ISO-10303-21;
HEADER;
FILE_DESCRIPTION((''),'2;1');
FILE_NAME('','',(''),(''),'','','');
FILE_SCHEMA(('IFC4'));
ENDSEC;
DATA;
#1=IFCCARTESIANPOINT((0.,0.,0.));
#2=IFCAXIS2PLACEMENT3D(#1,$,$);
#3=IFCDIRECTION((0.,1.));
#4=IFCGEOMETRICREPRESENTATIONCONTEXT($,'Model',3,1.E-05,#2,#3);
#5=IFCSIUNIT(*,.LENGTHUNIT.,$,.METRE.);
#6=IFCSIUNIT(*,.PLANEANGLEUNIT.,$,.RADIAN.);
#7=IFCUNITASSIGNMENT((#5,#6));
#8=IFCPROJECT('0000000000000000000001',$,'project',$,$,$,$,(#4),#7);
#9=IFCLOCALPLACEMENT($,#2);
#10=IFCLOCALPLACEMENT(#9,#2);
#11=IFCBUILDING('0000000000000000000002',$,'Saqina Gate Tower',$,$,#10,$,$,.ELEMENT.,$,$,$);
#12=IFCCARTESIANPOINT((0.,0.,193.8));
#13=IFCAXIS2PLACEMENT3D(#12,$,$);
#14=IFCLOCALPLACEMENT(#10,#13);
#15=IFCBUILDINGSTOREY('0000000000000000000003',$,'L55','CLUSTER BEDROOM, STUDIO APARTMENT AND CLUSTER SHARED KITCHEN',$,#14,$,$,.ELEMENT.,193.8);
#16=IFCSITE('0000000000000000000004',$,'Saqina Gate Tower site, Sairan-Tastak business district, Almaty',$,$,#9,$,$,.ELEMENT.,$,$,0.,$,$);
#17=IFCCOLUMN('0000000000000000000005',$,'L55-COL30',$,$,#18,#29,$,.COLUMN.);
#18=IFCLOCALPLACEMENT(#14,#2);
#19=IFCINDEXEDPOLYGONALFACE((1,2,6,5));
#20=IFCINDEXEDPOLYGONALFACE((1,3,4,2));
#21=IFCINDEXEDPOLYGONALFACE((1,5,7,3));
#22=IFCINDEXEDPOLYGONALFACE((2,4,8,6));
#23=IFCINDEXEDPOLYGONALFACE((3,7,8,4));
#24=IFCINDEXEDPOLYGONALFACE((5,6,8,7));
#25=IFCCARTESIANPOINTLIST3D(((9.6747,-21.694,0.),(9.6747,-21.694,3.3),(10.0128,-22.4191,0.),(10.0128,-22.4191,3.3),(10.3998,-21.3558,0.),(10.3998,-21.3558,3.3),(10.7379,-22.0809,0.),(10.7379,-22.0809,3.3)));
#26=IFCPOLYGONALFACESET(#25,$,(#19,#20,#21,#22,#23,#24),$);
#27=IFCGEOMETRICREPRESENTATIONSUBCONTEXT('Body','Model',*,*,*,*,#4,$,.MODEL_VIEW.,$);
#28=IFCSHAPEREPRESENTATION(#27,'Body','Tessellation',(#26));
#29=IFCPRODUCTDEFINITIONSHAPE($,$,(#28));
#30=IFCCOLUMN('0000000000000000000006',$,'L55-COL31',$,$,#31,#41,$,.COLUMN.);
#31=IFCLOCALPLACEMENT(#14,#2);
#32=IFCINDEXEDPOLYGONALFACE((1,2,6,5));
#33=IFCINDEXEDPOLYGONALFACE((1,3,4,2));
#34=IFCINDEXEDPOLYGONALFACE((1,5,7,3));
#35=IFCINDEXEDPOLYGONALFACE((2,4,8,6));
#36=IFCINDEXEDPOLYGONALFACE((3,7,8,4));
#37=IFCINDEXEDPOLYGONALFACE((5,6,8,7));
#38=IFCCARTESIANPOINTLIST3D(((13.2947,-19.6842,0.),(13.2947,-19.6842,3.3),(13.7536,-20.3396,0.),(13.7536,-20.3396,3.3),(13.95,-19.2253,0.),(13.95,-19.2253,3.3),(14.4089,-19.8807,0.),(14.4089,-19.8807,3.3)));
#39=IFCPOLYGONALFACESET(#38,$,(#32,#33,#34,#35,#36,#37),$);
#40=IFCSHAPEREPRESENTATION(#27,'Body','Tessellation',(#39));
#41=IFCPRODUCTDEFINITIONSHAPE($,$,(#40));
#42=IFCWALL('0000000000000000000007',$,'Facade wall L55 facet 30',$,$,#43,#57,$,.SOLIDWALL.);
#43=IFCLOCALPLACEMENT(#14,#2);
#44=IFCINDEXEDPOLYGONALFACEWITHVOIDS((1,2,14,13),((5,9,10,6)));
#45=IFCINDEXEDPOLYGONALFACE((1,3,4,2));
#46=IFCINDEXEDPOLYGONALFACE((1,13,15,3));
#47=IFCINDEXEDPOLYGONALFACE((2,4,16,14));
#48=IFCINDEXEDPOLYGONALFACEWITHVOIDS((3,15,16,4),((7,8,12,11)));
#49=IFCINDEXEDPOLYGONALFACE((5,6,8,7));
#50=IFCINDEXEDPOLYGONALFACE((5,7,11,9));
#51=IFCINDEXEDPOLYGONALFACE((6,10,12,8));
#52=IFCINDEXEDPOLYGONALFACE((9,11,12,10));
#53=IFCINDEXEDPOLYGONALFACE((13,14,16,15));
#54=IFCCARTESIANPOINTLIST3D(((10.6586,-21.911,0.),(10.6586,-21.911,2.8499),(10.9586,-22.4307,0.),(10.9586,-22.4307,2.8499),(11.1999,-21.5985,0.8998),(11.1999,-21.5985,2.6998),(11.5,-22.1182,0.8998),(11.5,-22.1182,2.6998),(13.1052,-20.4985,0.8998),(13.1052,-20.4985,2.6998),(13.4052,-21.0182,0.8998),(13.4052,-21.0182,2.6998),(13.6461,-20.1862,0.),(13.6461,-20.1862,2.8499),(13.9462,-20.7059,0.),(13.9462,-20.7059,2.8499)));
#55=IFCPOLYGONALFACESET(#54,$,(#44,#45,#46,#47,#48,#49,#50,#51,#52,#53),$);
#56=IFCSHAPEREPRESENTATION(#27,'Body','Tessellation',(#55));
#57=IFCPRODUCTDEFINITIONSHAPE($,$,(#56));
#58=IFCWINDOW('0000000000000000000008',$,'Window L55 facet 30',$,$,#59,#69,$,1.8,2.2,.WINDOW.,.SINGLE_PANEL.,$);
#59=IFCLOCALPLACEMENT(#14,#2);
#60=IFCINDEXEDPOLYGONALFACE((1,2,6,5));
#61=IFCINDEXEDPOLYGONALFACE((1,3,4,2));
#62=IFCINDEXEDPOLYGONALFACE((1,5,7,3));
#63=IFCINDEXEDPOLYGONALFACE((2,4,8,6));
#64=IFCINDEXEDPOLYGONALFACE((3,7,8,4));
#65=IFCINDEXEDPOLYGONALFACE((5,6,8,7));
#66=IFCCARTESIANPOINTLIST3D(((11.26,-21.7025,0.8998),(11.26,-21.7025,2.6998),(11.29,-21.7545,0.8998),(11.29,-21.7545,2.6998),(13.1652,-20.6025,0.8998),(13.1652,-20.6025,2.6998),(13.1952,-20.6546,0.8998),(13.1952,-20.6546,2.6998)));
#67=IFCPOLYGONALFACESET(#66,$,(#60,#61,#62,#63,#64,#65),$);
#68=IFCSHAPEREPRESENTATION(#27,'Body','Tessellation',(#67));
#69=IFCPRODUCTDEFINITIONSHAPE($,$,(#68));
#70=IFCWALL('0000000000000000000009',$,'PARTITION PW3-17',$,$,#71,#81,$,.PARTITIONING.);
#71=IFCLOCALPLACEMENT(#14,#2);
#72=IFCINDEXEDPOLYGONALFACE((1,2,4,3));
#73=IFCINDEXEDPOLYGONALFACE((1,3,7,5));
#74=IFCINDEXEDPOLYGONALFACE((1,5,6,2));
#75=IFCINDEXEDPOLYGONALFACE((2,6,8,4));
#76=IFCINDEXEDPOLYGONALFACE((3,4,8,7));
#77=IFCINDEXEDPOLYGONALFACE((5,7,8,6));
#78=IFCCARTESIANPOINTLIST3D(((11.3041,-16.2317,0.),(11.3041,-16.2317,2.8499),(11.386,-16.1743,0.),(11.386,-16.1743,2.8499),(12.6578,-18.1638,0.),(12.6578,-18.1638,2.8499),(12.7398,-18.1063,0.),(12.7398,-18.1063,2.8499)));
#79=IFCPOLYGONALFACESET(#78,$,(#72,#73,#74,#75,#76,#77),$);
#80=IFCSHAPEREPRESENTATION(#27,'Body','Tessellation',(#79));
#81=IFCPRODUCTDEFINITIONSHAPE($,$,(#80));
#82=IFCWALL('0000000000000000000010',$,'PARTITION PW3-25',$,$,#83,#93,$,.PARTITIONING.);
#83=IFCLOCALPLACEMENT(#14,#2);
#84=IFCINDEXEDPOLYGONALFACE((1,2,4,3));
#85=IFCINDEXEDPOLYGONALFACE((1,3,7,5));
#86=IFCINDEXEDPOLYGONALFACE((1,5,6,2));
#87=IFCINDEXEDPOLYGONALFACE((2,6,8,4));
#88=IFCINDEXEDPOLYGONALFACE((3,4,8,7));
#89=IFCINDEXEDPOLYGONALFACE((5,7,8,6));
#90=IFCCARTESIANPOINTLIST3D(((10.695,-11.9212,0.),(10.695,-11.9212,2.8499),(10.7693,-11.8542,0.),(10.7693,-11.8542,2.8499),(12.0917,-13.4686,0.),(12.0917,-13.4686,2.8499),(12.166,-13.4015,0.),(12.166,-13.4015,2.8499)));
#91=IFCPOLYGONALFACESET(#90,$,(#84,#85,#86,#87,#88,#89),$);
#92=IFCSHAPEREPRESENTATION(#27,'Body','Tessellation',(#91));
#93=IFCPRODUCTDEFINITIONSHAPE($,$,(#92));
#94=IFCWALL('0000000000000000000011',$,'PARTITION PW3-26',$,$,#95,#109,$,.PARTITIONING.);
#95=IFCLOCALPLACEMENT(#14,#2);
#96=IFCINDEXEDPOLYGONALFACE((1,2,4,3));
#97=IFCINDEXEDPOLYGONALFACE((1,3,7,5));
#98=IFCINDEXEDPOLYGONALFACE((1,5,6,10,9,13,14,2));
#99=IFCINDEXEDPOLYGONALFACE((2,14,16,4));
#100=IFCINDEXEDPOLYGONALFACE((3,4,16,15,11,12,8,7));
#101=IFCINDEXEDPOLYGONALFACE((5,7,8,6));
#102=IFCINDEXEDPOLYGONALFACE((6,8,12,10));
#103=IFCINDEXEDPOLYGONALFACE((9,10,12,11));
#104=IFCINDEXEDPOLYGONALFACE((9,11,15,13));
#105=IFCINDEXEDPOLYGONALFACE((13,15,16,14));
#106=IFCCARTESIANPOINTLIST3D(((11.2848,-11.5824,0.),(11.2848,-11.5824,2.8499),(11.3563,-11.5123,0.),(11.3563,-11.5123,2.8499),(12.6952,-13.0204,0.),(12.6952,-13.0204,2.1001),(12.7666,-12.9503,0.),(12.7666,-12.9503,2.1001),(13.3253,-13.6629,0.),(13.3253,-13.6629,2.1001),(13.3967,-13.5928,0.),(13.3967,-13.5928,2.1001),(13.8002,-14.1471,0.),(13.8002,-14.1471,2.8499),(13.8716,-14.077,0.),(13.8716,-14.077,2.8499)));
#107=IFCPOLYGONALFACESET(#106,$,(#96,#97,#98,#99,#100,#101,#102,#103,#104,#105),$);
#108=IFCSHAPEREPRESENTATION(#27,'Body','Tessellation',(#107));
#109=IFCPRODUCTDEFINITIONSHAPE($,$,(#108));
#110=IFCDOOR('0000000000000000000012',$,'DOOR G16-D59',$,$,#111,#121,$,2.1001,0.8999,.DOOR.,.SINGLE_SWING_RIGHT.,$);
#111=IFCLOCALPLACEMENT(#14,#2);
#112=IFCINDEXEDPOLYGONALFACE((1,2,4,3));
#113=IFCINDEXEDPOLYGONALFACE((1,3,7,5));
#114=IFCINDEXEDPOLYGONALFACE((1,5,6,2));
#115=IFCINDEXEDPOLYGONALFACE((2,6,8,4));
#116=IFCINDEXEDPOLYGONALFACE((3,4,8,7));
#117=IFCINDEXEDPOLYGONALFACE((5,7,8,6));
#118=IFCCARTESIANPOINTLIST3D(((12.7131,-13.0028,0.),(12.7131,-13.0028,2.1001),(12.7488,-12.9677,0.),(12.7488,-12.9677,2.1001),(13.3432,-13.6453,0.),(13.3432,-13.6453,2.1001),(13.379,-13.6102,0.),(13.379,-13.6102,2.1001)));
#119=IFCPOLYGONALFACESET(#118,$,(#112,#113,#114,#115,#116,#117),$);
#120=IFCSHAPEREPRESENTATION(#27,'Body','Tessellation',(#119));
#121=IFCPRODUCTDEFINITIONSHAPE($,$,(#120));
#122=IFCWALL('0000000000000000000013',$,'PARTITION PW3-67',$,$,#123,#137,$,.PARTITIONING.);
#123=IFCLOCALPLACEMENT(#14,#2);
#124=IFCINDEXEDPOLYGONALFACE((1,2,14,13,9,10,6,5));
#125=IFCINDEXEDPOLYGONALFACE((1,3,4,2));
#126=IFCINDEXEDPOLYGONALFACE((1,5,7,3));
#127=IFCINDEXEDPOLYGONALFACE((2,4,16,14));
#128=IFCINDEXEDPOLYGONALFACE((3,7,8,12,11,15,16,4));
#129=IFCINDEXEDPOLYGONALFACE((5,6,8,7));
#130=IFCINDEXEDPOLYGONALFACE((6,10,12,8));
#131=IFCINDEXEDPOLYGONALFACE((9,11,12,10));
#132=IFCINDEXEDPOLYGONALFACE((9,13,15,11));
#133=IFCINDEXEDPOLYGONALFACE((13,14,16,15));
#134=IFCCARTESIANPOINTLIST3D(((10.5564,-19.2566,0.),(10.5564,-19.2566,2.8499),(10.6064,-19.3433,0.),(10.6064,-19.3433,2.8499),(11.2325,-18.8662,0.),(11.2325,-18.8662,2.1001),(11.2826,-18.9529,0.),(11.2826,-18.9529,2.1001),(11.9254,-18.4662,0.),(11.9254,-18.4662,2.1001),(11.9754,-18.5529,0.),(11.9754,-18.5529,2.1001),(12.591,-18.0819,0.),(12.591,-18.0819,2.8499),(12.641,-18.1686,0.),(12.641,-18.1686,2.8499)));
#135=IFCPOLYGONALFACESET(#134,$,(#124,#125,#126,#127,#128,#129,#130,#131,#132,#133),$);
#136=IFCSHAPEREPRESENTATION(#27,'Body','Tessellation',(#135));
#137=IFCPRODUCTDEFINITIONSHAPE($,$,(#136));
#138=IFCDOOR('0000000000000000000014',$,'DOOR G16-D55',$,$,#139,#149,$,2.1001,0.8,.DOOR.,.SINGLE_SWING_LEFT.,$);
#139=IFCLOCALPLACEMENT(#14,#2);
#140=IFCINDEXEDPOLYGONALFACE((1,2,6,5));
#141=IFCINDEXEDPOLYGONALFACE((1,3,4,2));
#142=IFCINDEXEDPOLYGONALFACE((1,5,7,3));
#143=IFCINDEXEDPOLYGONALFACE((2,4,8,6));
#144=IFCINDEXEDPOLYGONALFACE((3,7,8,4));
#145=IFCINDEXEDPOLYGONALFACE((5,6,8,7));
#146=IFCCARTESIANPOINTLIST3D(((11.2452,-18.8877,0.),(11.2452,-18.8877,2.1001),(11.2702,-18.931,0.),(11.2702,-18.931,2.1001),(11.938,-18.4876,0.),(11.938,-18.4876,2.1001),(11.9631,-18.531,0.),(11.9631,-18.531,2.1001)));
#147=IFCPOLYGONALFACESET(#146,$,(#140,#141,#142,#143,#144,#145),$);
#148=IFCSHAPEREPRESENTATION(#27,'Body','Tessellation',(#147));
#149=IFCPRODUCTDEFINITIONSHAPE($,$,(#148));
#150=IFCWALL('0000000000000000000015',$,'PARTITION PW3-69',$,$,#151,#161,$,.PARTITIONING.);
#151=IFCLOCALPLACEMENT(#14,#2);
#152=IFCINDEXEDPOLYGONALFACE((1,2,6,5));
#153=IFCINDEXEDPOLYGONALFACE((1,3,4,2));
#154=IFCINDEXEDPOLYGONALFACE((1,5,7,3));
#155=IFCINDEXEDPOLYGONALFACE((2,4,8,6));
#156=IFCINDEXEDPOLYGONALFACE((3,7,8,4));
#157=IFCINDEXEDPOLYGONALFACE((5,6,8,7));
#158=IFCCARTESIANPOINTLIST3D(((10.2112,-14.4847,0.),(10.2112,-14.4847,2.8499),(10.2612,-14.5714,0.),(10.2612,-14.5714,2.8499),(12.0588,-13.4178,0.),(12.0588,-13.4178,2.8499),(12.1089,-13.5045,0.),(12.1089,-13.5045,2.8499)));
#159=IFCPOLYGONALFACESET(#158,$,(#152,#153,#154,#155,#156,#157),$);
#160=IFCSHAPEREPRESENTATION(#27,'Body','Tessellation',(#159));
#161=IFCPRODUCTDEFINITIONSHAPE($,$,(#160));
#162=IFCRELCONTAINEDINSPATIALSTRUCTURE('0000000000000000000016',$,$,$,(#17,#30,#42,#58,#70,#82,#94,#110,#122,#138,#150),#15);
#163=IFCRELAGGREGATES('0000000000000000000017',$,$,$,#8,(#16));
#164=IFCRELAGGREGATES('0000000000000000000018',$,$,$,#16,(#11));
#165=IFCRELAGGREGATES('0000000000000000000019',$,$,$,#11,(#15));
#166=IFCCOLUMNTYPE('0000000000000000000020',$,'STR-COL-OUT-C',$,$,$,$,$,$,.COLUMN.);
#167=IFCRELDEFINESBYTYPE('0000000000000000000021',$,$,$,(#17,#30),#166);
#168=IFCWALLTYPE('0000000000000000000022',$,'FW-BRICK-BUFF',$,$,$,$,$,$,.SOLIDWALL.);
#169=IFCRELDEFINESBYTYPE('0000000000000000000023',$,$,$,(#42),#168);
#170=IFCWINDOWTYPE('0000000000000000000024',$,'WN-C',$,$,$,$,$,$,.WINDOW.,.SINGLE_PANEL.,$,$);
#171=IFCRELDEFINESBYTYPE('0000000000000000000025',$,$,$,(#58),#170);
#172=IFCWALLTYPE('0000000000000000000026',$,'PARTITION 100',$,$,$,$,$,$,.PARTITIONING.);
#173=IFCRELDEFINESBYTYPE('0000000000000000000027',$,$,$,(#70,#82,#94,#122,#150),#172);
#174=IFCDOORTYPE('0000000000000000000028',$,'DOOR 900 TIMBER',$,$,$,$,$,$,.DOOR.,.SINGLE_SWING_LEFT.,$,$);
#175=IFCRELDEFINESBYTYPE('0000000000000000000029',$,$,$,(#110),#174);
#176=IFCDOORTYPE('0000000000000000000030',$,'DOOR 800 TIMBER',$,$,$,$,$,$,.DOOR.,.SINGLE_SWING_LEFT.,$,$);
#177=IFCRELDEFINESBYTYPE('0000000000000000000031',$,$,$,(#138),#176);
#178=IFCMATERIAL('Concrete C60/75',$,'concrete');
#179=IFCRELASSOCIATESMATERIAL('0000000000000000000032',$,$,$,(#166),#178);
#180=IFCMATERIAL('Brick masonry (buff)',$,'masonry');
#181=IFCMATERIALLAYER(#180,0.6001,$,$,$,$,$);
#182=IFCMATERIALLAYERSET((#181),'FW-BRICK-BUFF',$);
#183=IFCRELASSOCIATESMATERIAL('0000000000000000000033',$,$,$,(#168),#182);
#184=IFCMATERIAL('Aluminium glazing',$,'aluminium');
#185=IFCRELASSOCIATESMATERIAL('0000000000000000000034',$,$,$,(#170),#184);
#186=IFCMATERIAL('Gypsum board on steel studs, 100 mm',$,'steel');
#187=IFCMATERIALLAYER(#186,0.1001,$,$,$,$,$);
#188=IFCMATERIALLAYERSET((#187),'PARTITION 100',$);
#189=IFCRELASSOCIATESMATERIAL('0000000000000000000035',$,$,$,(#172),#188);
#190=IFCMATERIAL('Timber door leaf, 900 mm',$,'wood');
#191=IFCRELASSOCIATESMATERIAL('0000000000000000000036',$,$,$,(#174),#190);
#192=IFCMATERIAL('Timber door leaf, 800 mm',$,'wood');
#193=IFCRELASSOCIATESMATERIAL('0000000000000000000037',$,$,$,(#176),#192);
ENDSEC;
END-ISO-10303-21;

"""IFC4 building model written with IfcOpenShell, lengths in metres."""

from ifc_helpers import new_model, si_unit, direction, frame, frame_2d, origin, origin_2d, place, context, subcontext, project, spatial, rectangle, extrude, material, layer, layer_set, material_profile, profile_set, type_object, element, fill, save


model = new_model("IFC4")

# Units and contexts
model_context = context("Model", 3, precision=1e-05, world=origin(), true_north=direction((0.0, 1.0)))
body_context = subcontext(model_context, "Body", "Model", "MODEL_VIEW")
ifc_project = project(units=[si_unit("LENGTHUNIT", "METRE"), si_unit("PLANEANGLEUNIT", "RADIAN")], contexts=[model_context])

# Site, building, storey
site_placement = place(None, origin())
site = spatial("IfcSite", under=ifc_project, at=site_placement, Name="Saqina Gate Tower site, Sairan-Tastak business district, Almaty", CompositionType="ELEMENT", RefElevation=0.0)
building_placement = place(site_placement, origin())
building = spatial("IfcBuilding", under=site, at=building_placement, Name="Saqina Gate Tower", CompositionType="ELEMENT")
storey_placement = place(building_placement, frame((0.0, 0.0, 193.8)))
storey = spatial("IfcBuildingStorey", under=building, at=storey_placement, Name="L55", Description="CLUSTER BEDROOM, STUDIO APARTMENT AND CLUSTER SHARED KITCHEN", CompositionType="ELEMENT", Elevation=193.8)

# Columns
ifc_material_1 = material(Name="Concrete C60/75", Category="concrete")
ifc_material_profile = material_profile(ifc_material_1, rectangle(XDim=0.8, YDim=0.8, at=origin_2d()), Name="RC 800x800")
ifc_profile_set = profile_set([ifc_material_profile], Name="Concrete C60/75")
column_type = type_object("IfcColumnType", Name="STR-COL-OUT-C", PredefinedType="COLUMN", material=ifc_profile_set)
for number, where, z_axis, x_axis, name in (
    (1, (10.2063, -21.8875, 0.0), (0.0, 0.0, 1.0), (0.422618, -0.906308, 0.0), "L55-COL30"),
    (2, (13.8518, -19.7825, 0.0), (0.0, 0.0, 1.0), (0.573576, -0.819152, 0.0), "L55-COL31"),
):
    element("IfcColumn", number, at=place(storey_placement, frame(where, z_axis=z_axis, x_axis=x_axis)), inside=storey, type_object=column_type, Name=name, PredefinedType="COLUMN", context=body_context, shape_type="SweptSolid", body=[
        extrude(rectangle(XDim=0.8, YDim=0.8, at=origin_2d()), origin(), (0.0, 0.0, 1.0), 3.3),
    ])

# Wall, opening, window
ifc_material_2 = material(Name="Brick masonry (buff)", Category="masonry")
ifc_layer_1 = layer(ifc_material_2, 0.6001)
ifc_layer_set_1 = layer_set([ifc_layer_1], Name="FW-BRICK-BUFF")
wall_type_1 = type_object("IfcWallType", Name="FW-BRICK-BUFF", PredefinedType="SOLIDWALL", material=ifc_layer_set_1)
wall_1_placement = place(storey_placement, frame((10.8086, -22.1709, 0.0), z_axis=(0.0, 0.0, 1.0), x_axis=(0.866026, 0.499998, 0.0)))
wall_1 = element("IfcWall", 3, at=wall_1_placement, inside=storey, type_object=wall_type_1, Name="Facade wall L55 facet 30", PredefinedType="SOLIDWALL", context=body_context, shape_type="SweptSolid", body=[
    extrude(rectangle(XDim=3.4497, YDim=0.6001, at=frame_2d((1.7249, 0.0))), origin(), (0.0, 0.0, 1.0), 2.8499),
])
opening_1_placement = place(wall_1_placement, frame((0.625, 0.0, 0.8999)))
opening_1 = element("IfcOpeningElement", 4, at=opening_1_placement, cuts=wall_1, PredefinedType="OPENING", context=body_context, shape_type="SweptSolid", body=[
    extrude(rectangle(XDim=2.2, YDim=1.8, at=frame_2d((1.1001, 0.8999))), frame((0.0, 0.312, 0.0), z_axis=(0.0, -1.0, 0.0), x_axis=(1.0, 0.0, 0.0)), (0.0, 0.0, 1.0), 0.624),
])
ifc_material_3 = material(Name="Aluminium glazing", Category="aluminium")
window_type = type_object("IfcWindowType", Name="WN-C", PartitioningType="SINGLE_PANEL", PredefinedType="WINDOW", material=ifc_material_3)
window_placement = place(opening_1_placement, origin())
window = element("IfcWindow", 5, at=window_placement, inside=storey, type_object=window_type, Name="Window L55 facet 30", OverallHeight=1.8, OverallWidth=2.2, PartitioningType="SINGLE_PANEL", PredefinedType="WINDOW", context=body_context, shape_type="SweptSolid", body=[
    extrude(rectangle(XDim=2.2, YDim=1.8, at=frame_2d((1.1001, 0.8999))), frame((0.0, 0.1799, 0.0), z_axis=(0.0, -1.0, 0.0), x_axis=(1.0, 0.0, 0.0)), (0.0, 0.0, 1.0), 0.0601),
])
fill(opening_1, window)

# Walls
ifc_material_4 = material(Name="Gypsum board on steel studs, 100 mm", Category="steel")
ifc_layer_2 = layer(ifc_material_4, 0.1001)
ifc_layer_set_2 = layer_set([ifc_layer_2], Name="PARTITION 100")
wall_type_2 = type_object("IfcWallType", Name="PARTITION 100", PredefinedType="PARTITIONING", material=ifc_layer_set_2)
wall_2_placement = place(storey_placement, frame((11.345, -16.2029, 0.0), z_axis=(0.0, 0.0, 1.0), x_axis=(0.573823, -0.818979, 0.0)))
element("IfcWall", 6, at=wall_2_placement, inside=storey, type_object=wall_type_2, Name="PARTITION PW3-17", PredefinedType="PARTITIONING", context=body_context, shape_type="SweptSolid", body=[
    extrude(rectangle(XDim=2.3591, YDim=0.1001, at=frame_2d((1.1797, 0.0))), origin(), (0.0, 0.0, 1.0), 2.8499),
])
wall_3_placement = place(storey_placement, frame((10.7322, -11.8877, 0.0), z_axis=(0.0, 0.0, 1.0), x_axis=(0.670051, -0.742315, 0.0)))
element("IfcWall", 7, at=wall_3_placement, inside=storey, type_object=wall_type_2, Name="PARTITION PW3-25", PredefinedType="PARTITIONING", context=body_context, shape_type="SweptSolid", body=[
    extrude(rectangle(XDim=2.0845, YDim=0.1001, at=frame_2d((1.0422, 0.0))), origin(), (0.0, 0.0, 1.0), 2.8499),
])

# Walls, openings, doors
wall_4_placement = place(storey_placement, frame((11.3206, -11.5474, 0.0), z_axis=(0.0, 0.0, 1.0), x_axis=(0.700209, -0.713938, 0.0)))
wall_4 = element("IfcWall", 8, at=wall_4_placement, inside=storey, type_object=wall_type_2, Name="PARTITION PW3-26", PredefinedType="PARTITIONING", context=body_context, shape_type="SweptSolid", body=[
    extrude(rectangle(XDim=3.5923, YDim=0.1001, at=frame_2d((1.7961, 0.0))), origin(), (0.0, 0.0, 1.0), 2.8499),
])
opening_2_placement = place(wall_4_placement, frame((2.0142, 0.0, 0.0)))
opening_2 = element("IfcOpeningElement", 9, at=opening_2_placement, cuts=wall_4, PredefinedType="OPENING", context=body_context, shape_type="SweptSolid", body=[
    extrude(rectangle(XDim=0.8999, YDim=2.1001, at=frame_2d((0.45, 1.05))), frame((0.0, 0.062, 0.0), z_axis=(0.0, -1.0, 0.0), x_axis=(1.0, 0.0, 0.0)), (0.0, 0.0, 1.0), 0.124),
])
ifc_material_5 = material(Name="Timber door leaf, 900 mm", Category="wood")
door_type_1 = type_object("IfcDoorType", Name="DOOR 900 TIMBER", OperationType="SINGLE_SWING_LEFT", PredefinedType="DOOR", material=ifc_material_5)
door_1_placement = place(opening_2_placement, frame((0.8999, 0.0, 0.0), z_axis=(0.0, 0.0, 1.0), x_axis=(-1.0, 0.0, 0.0)))
door_1 = element("IfcDoor", 10, at=door_1_placement, inside=storey, type_object=door_type_1, Name="DOOR G16-D59", OperationType="SINGLE_SWING_RIGHT", OverallHeight=2.1001, OverallWidth=0.8999, PredefinedType="DOOR", context=body_context, shape_type="SweptSolid", body=[
    extrude(rectangle(XDim=0.8999, YDim=2.1001, at=frame_2d((0.45, 1.05))), frame((0.0, 0.0249, 0.0), z_axis=(0.0, -1.0, 0.0), x_axis=(1.0, 0.0, 0.0)), (0.0, 0.0, 1.0), 0.05),
])
fill(opening_2, door_1)
wall_5_placement = place(storey_placement, frame((10.5813, -19.3, 0.0), z_axis=(0.0, 0.0, 1.0), x_axis=(0.866009, 0.500028, 0.0)))
wall_5 = element("IfcWall", 11, at=wall_5_placement, inside=storey, type_object=wall_type_2, Name="PARTITION PW3-67", PredefinedType="PARTITIONING", context=body_context, shape_type="SweptSolid", body=[
    extrude(rectangle(XDim=2.3494, YDim=0.1001, at=frame_2d((1.1748, 0.0))), origin(), (0.0, 0.0, 1.0), 2.8499),
])
opening_3_placement = place(wall_5_placement, frame((0.781, 0.0, 0.0)))
opening_3 = element("IfcOpeningElement", 12, at=opening_3_placement, cuts=wall_5, PredefinedType="OPENING", context=body_context, shape_type="SweptSolid", body=[
    extrude(rectangle(XDim=0.8, YDim=2.1001, at=frame_2d((0.3999, 1.05))), frame((0.0, 0.062, 0.0), z_axis=(0.0, -1.0, 0.0), x_axis=(1.0, 0.0, 0.0)), (0.0, 0.0, 1.0), 0.124),
])
ifc_material_6 = material(Name="Timber door leaf, 800 mm", Category="wood")
door_type_2 = type_object("IfcDoorType", Name="DOOR 800 TIMBER", OperationType="SINGLE_SWING_LEFT", PredefinedType="DOOR", material=ifc_material_6)
door_2_placement = place(opening_3_placement, frame((0.8, 0.0, 0.0), z_axis=(0.0, 0.0, 1.0), x_axis=(-1.0, 0.0, 0.0)))
door_2 = element("IfcDoor", 13, at=door_2_placement, inside=storey, type_object=door_type_2, Name="DOOR G16-D55", OperationType="SINGLE_SWING_LEFT", OverallHeight=2.1001, OverallWidth=0.8, PredefinedType="DOOR", context=body_context, shape_type="SweptSolid", body=[
    extrude(rectangle(XDim=0.8, YDim=2.1001, at=frame_2d((0.3999, 1.05))), frame((0.0, 0.0249, 0.0), z_axis=(0.0, -1.0, 0.0), x_axis=(1.0, 0.0, 0.0)), (0.0, 0.0, 1.0), 0.05),
])
fill(opening_3, door_2)

# Wall
wall_6_placement = place(storey_placement, frame((10.2361, -14.5281, 0.0), z_axis=(0.0, 0.0, 1.0), x_axis=(0.865995, 0.500053, 0.0)))
element("IfcWall", 14, at=wall_6_placement, inside=storey, type_object=wall_type_2, Name="PARTITION PW3-69", PredefinedType="PARTITIONING", context=body_context, shape_type="SweptSolid", body=[
    extrude(rectangle(XDim=2.1335, YDim=0.1001, at=frame_2d((1.0669, 0.0))), origin(), (0.0, 0.0, 1.0), 2.8499),
])

save(model, "model.ifc")
